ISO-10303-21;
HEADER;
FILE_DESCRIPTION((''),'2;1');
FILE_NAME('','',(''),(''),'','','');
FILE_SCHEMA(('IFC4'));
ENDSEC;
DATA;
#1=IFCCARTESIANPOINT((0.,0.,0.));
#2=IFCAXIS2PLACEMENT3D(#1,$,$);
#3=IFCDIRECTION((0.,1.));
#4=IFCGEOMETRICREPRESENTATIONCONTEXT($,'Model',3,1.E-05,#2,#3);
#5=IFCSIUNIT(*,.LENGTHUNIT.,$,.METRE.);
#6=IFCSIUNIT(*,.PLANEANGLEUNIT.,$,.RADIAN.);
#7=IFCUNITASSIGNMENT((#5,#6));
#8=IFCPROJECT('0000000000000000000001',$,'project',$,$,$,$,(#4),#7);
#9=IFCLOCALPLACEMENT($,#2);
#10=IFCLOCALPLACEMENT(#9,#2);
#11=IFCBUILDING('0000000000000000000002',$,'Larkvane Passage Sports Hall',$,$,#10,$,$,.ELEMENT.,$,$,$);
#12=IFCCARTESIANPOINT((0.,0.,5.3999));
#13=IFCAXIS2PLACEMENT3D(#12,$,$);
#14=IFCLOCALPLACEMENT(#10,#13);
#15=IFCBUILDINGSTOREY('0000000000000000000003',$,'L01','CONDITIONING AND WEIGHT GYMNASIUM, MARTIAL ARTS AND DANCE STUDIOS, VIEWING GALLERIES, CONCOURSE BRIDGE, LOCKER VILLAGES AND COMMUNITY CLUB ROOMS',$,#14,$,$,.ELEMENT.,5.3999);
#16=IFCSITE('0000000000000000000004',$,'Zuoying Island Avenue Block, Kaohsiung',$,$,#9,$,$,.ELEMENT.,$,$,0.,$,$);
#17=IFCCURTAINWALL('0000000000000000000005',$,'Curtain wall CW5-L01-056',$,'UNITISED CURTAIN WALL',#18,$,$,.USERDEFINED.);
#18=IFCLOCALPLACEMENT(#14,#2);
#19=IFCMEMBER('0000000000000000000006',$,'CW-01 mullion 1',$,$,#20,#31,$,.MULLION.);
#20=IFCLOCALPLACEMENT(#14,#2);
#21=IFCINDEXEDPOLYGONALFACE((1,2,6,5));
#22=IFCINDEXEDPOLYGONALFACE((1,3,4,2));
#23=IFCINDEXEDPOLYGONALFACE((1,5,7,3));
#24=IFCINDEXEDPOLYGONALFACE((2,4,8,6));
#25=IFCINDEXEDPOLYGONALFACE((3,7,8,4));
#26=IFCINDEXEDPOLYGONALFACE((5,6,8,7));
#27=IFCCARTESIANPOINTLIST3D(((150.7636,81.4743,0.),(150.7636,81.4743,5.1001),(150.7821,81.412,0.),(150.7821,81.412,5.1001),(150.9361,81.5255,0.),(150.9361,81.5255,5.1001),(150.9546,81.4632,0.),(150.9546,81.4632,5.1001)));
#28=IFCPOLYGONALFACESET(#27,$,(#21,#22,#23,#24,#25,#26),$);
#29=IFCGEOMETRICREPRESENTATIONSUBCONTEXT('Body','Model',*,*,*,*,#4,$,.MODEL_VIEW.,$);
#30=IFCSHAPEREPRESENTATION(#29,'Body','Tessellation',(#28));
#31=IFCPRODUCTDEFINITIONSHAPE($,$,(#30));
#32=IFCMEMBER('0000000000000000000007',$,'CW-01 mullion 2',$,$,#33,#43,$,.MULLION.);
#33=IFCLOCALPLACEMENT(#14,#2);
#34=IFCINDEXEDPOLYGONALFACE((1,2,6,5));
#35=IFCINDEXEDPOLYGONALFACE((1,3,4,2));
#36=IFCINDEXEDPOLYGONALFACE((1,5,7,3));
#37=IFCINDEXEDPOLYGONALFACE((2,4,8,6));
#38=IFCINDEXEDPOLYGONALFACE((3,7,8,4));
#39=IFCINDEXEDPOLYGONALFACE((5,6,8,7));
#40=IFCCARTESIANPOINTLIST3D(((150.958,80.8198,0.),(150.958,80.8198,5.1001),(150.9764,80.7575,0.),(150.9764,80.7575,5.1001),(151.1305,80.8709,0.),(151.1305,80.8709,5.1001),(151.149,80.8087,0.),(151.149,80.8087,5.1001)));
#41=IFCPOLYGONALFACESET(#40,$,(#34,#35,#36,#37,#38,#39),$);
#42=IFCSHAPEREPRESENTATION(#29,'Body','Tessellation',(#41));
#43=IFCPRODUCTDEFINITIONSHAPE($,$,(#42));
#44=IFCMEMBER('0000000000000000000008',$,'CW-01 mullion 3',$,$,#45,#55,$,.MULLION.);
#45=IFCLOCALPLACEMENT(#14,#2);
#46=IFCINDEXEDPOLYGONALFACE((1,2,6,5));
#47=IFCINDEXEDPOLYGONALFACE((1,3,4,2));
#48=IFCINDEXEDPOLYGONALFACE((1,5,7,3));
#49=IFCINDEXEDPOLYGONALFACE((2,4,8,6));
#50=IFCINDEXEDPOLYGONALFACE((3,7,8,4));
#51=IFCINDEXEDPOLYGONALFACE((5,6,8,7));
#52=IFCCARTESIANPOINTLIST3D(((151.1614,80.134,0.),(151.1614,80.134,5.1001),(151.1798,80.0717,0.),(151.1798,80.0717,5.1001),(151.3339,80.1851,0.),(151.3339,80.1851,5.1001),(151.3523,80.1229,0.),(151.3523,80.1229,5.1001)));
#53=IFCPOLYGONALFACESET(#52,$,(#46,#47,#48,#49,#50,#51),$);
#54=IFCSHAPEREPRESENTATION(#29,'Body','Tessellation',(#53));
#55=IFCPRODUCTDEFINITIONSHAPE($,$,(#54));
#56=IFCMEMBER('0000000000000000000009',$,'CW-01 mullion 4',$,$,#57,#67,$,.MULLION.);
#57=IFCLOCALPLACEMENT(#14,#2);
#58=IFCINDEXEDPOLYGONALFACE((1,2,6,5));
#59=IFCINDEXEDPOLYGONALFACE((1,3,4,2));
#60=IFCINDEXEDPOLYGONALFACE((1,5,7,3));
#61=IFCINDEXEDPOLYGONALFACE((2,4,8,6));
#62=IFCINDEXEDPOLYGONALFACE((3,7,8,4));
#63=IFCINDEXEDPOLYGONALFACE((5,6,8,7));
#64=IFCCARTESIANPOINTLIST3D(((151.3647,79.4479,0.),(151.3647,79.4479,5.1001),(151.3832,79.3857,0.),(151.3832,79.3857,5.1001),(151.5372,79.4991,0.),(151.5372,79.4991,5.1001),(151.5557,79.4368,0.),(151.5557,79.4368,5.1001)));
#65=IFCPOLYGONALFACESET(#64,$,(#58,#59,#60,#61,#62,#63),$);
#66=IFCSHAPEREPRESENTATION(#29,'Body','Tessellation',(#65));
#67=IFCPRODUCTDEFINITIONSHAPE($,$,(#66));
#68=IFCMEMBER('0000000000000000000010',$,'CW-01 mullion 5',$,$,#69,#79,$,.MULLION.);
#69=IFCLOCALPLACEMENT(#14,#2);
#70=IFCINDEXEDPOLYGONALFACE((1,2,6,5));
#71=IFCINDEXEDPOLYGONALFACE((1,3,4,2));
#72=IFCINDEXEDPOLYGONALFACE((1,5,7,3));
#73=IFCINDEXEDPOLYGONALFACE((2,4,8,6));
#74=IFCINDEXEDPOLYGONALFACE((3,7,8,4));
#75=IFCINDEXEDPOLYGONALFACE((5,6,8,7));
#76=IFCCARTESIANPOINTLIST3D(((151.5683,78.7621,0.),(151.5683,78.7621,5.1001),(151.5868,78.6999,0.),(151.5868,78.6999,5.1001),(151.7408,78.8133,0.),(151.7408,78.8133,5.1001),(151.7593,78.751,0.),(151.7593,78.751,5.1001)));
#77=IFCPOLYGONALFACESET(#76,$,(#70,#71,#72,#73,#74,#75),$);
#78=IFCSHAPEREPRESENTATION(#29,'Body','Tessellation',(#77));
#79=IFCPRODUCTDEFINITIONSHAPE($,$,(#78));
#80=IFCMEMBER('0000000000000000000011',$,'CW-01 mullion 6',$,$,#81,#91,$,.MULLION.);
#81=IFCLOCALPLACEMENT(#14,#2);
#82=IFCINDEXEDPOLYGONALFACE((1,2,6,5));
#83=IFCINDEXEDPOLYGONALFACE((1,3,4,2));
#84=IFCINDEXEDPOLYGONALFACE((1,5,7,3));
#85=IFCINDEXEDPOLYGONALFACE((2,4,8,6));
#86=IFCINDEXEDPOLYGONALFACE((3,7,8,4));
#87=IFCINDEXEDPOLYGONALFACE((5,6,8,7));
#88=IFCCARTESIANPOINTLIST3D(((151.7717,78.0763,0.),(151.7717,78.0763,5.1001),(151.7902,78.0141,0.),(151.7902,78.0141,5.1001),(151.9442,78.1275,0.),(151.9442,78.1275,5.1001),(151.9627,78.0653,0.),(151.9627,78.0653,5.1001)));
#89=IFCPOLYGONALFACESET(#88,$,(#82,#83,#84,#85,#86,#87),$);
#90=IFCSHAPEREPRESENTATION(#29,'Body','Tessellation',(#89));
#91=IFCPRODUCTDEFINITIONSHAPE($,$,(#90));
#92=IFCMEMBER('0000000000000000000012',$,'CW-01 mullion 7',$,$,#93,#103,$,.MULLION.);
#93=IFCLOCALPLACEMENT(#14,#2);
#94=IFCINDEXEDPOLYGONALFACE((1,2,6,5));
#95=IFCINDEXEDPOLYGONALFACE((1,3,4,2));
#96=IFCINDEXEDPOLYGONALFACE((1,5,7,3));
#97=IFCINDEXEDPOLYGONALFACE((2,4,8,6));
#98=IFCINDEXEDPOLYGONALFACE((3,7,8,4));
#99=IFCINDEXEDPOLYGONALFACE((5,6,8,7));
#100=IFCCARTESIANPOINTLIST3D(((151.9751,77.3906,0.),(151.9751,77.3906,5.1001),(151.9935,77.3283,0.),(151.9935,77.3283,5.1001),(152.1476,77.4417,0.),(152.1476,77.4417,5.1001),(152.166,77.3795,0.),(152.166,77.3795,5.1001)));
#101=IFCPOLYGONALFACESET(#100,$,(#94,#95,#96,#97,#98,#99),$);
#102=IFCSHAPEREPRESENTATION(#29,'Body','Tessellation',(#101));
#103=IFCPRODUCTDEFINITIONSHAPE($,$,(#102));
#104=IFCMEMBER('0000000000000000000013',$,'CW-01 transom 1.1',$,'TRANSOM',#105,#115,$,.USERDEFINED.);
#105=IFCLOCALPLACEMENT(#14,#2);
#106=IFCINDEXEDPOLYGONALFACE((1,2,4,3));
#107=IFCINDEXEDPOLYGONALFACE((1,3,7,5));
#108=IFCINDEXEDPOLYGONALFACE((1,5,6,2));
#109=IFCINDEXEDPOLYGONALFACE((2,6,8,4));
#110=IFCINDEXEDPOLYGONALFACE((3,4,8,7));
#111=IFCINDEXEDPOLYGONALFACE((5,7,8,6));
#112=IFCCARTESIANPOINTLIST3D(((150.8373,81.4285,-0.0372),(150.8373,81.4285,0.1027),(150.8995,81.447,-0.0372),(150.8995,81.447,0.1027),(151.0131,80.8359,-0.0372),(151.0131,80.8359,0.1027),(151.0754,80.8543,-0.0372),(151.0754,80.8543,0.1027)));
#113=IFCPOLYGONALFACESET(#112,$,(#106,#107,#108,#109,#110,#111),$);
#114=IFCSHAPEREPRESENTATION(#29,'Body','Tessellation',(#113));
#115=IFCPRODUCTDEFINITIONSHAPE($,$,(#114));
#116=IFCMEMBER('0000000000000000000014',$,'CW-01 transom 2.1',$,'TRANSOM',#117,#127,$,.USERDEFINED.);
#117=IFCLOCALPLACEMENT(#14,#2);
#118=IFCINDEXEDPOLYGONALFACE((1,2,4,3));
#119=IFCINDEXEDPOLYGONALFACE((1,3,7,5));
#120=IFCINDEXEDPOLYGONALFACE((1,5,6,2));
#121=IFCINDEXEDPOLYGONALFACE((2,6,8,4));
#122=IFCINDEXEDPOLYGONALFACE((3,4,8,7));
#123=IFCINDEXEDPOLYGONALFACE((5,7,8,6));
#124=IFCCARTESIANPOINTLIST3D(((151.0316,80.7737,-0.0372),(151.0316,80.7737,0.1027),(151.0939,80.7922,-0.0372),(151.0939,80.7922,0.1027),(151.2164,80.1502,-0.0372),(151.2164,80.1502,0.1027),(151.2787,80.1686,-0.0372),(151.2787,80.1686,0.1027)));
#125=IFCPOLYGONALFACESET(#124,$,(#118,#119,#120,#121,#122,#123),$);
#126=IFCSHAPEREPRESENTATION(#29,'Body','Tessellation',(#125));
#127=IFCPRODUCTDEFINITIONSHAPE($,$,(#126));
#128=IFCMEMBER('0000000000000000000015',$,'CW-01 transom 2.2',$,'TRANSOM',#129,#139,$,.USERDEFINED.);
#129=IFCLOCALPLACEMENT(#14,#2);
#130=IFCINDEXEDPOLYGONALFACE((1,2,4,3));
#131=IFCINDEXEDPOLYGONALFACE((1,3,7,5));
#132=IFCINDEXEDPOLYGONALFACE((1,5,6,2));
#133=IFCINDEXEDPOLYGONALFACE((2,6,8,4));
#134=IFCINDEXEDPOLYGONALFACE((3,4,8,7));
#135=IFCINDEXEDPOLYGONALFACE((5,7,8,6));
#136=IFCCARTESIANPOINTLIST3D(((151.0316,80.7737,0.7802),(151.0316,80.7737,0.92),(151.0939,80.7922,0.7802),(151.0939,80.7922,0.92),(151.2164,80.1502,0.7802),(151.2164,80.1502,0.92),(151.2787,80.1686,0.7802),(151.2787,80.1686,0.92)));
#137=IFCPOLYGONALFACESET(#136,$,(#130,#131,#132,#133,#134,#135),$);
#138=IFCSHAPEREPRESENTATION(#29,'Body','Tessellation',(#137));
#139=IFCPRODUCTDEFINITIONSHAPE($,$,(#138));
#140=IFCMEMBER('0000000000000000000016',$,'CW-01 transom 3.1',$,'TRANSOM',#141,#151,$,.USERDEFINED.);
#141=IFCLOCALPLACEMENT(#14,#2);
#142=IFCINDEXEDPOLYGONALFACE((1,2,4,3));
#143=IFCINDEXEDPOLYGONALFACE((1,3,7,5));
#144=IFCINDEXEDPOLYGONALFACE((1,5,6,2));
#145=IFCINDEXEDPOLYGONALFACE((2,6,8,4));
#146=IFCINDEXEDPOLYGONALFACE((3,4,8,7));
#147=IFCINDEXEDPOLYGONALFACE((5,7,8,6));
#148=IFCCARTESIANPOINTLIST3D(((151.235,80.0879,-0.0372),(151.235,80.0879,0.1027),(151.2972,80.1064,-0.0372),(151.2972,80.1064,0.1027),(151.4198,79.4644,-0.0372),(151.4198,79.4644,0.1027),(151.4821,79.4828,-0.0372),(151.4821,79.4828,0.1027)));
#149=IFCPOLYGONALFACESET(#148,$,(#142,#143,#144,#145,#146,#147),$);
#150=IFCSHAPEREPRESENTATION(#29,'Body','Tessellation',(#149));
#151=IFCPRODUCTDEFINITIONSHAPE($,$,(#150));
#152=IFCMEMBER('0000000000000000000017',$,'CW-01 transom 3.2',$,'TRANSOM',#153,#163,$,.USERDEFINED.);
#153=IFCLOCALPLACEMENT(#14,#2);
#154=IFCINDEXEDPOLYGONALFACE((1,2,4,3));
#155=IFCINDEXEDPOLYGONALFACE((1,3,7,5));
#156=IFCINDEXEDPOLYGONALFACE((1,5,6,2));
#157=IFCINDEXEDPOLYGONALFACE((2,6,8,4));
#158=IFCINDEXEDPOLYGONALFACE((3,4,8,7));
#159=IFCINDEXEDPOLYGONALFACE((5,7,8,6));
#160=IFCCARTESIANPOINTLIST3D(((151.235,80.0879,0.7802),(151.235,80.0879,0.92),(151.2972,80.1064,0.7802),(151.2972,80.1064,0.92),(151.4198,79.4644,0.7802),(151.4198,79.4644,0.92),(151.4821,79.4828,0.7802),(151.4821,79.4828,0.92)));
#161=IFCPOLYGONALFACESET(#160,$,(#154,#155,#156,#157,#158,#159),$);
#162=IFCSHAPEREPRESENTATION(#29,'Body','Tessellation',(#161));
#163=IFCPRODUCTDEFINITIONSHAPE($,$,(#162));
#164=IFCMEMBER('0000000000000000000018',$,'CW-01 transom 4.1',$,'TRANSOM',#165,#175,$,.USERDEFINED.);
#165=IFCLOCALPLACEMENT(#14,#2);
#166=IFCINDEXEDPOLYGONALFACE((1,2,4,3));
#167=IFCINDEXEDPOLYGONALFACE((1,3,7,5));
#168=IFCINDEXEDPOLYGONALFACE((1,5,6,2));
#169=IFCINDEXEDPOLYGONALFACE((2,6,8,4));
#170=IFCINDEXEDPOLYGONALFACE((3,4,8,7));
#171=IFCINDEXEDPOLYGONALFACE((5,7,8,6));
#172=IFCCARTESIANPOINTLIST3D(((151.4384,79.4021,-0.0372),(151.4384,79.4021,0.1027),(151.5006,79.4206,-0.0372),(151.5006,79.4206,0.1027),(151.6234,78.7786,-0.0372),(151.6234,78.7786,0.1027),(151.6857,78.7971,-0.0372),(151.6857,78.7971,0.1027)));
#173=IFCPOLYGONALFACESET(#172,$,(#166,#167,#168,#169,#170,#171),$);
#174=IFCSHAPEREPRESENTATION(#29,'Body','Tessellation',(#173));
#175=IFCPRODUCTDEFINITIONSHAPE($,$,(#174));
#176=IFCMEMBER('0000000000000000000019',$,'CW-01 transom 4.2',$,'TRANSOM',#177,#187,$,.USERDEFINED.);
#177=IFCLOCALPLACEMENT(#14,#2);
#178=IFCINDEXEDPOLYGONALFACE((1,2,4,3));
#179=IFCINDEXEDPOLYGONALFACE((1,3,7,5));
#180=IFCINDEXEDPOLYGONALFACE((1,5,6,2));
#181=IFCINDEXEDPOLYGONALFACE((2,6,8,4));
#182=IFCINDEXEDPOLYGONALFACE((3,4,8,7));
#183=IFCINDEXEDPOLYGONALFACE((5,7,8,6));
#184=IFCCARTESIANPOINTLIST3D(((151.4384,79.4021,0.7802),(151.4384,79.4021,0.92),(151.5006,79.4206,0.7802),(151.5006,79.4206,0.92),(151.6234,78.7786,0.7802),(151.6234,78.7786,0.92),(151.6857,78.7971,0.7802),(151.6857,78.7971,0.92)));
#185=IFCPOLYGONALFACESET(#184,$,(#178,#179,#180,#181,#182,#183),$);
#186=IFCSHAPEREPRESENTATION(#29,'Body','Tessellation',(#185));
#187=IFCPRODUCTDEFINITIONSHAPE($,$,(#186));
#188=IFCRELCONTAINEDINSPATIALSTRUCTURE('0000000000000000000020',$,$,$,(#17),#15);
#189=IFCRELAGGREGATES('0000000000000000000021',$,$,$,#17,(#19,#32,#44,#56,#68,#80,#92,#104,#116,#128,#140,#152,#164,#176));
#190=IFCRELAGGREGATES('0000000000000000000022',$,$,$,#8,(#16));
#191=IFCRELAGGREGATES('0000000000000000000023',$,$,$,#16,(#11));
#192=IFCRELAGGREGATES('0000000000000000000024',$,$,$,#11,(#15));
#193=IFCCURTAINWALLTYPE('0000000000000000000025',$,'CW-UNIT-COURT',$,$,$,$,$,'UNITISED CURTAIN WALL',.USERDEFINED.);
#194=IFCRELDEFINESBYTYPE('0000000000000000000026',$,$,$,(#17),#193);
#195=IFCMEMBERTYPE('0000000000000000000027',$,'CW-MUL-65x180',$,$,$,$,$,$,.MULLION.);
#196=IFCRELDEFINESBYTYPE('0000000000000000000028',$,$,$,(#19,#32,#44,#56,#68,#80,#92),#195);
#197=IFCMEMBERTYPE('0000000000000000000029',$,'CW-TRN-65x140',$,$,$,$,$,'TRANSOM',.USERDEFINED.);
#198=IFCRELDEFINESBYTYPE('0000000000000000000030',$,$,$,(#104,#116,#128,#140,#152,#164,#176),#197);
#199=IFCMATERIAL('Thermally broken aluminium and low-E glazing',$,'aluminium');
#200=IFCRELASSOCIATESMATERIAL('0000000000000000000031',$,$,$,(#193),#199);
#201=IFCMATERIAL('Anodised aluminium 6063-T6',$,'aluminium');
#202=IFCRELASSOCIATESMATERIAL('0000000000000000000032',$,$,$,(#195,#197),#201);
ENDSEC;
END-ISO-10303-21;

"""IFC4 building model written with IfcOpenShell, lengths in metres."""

from ifc_helpers import new_model, si_unit, direction, frame, origin, origin_2d, place, context, subcontext, project, spatial, rectangle, extrude, material, material_profile, profile_set, type_object, element, aggregate, save


model = new_model("IFC4")

# Units and contexts
model_context = context("Model", 3, precision=1e-05, world=origin(), true_north=direction((0.0, 1.0)))
body_context = subcontext(model_context, "Body", "Model", "MODEL_VIEW")
ifc_project = project(units=[si_unit("LENGTHUNIT", "METRE"), si_unit("PLANEANGLEUNIT", "RADIAN")], contexts=[model_context])

# Site, building, storey
site_placement = place(None, origin())
site = spatial("IfcSite", under=ifc_project, at=site_placement, Name="Zuoying Island Avenue Block, Kaohsiung", CompositionType="ELEMENT", RefElevation=0.0)
building_placement = place(site_placement, origin())
building = spatial("IfcBuilding", under=site, at=building_placement, Name="Larkvane Passage Sports Hall", CompositionType="ELEMENT")
storey_placement = place(building_placement, frame((0.0, 0.0, 5.3999)))
storey = spatial("IfcBuildingStorey", under=building, at=storey_placement, Name="L01", Description="CONDITIONING AND WEIGHT GYMNASIUM, MARTIAL ARTS AND DANCE STUDIOS, VIEWING GALLERIES, CONCOURSE BRIDGE, LOCKER VILLAGES AND COMMUNITY CLUB ROOMS", CompositionType="ELEMENT", Elevation=5.3999)

# Curtain wall, members
ifc_material_1 = material(Name="Thermally broken aluminium and low-E glazing", Category="aluminium")
curtain_wall_type = type_object("IfcCurtainWallType", Name="CW-UNIT-COURT", ElementType="UNITISED CURTAIN WALL", PredefinedType="USERDEFINED", material=ifc_material_1)
curtain_wall_placement = place(storey_placement, origin())
curtain_wall = element("IfcCurtainWall", 1, at=curtain_wall_placement, inside=storey, type_object=curtain_wall_type, Name="Curtain wall CW5-L01-056", ObjectType="UNITISED CURTAIN WALL", PredefinedType="USERDEFINED")
ifc_material_2 = material(Name="Anodised aluminium 6063-T6", Category="aluminium")
ifc_material_profile_1 = material_profile(ifc_material_2, rectangle(XDim=0.0649, YDim=0.1799, at=origin_2d()), Name="ALU-MUL-65x180")
ifc_profile_set_1 = profile_set([ifc_material_profile_1], Name="Anodised aluminium 6063-T6")
member_type_1 = type_object("IfcMemberType", Name="CW-MUL-65x180", PredefinedType="MULLION", material=ifc_profile_set_1)
member_1_placement = place(storey_placement, frame((150.8591, 81.4688, 0.0), z_axis=(0.0, 0.0, 1.0), x_axis=(0.284363, -0.958717, 0.0)))
member_1 = element("IfcMember", 2, at=member_1_placement, type_object=member_type_1, Name="CW-01 mullion 1", PredefinedType="MULLION", context=body_context, shape_type="SweptSolid", body=[
    extrude(rectangle(XDim=0.0649, YDim=0.1799, at=origin_2d()), origin(), (0.0, 0.0, 1.0), 5.1001),
])
member_2_placement = place(storey_placement, frame((151.0535, 80.8142, 0.0), z_axis=(0.0, 0.0, 1.0), x_axis=(0.284363, -0.958717, 0.0)))
member_2 = element("IfcMember", 3, at=member_2_placement, type_object=member_type_1, Name="CW-01 mullion 2", PredefinedType="MULLION", context=body_context, shape_type="SweptSolid", body=[
    extrude(rectangle(XDim=0.0649, YDim=0.1799, at=origin_2d()), origin(), (0.0, 0.0, 1.0), 5.1001),
])
member_3_placement = place(storey_placement, frame((151.2568, 80.1284, 0.0), z_axis=(0.0, 0.0, 1.0), x_axis=(0.284363, -0.958717, 0.0)))
member_3 = element("IfcMember", 4, at=member_3_placement, type_object=member_type_1, Name="CW-01 mullion 3", PredefinedType="MULLION", context=body_context, shape_type="SweptSolid", body=[
    extrude(rectangle(XDim=0.0649, YDim=0.1799, at=origin_2d()), origin(), (0.0, 0.0, 1.0), 5.1001),
])
member_4_placement = place(storey_placement, frame((151.4602, 79.4424, 0.0), z_axis=(0.0, 0.0, 1.0), x_axis=(0.284363, -0.958717, 0.0)))
member_4 = element("IfcMember", 5, at=member_4_placement, type_object=member_type_1, Name="CW-01 mullion 4", PredefinedType="MULLION", context=body_context, shape_type="SweptSolid", body=[
    extrude(rectangle(XDim=0.0649, YDim=0.1799, at=origin_2d()), origin(), (0.0, 0.0, 1.0), 5.1001),
])
member_5_placement = place(storey_placement, frame((151.6638, 78.7566, 0.0), z_axis=(0.0, 0.0, 1.0), x_axis=(0.284363, -0.958717, 0.0)))
member_5 = element("IfcMember", 6, at=member_5_placement, type_object=member_type_1, Name="CW-01 mullion 5", PredefinedType="MULLION", context=body_context, shape_type="SweptSolid", body=[
    extrude(rectangle(XDim=0.0649, YDim=0.1799, at=origin_2d()), origin(), (0.0, 0.0, 1.0), 5.1001),
])
member_6_placement = place(storey_placement, frame((151.8672, 78.0708, 0.0), z_axis=(0.0, 0.0, 1.0), x_axis=(0.284363, -0.958717, 0.0)))
member_6 = element("IfcMember", 7, at=member_6_placement, type_object=member_type_1, Name="CW-01 mullion 6", PredefinedType="MULLION", context=body_context, shape_type="SweptSolid", body=[
    extrude(rectangle(XDim=0.0649, YDim=0.1799, at=origin_2d()), origin(), (0.0, 0.0, 1.0), 5.1001),
])
member_7_placement = place(storey_placement, frame((152.0706, 77.385, 0.0), z_axis=(0.0, 0.0, 1.0), x_axis=(0.284363, -0.958717, 0.0)))
member_7 = element("IfcMember", 8, at=member_7_placement, type_object=member_type_1, Name="CW-01 mullion 7", PredefinedType="MULLION", context=body_context, shape_type="SweptSolid", body=[
    extrude(rectangle(XDim=0.0649, YDim=0.1799, at=origin_2d()), origin(), (0.0, 0.0, 1.0), 5.1001),
])
ifc_material_profile_2 = material_profile(ifc_material_2, rectangle(XDim=0.0649, YDim=0.1399, at=origin_2d()), Name="ALU-TRN-65x140")
ifc_profile_set_2 = profile_set([ifc_material_profile_2], Name="Anodised aluminium 6063-T6")
member_type_2 = type_object("IfcMemberType", Name="CW-TRN-65x140", ElementType="TRANSOM", PredefinedType="USERDEFINED", material=ifc_profile_set_2)
member_8_placement = place(storey_placement, frame((150.8684, 81.4377, 0.0327), z_axis=(0.284411, -0.958702, 0.0), x_axis=(0.958702, 0.284411, 0.0)))
member_8 = element("IfcMember", 9, at=member_8_placement, type_object=member_type_2, Name="CW-01 transom 1.1", ObjectType="TRANSOM", PredefinedType="USERDEFINED", context=body_context, shape_type="SweptSolid", body=[
    extrude(rectangle(XDim=0.0649, YDim=0.1399, at=origin_2d()), origin(), (0.0, 0.0, 1.0), 0.6182),
])
member_9_placement = place(storey_placement, frame((151.0627, 80.783, 0.0327), z_axis=(0.284178, -0.958772, 0.0), x_axis=(0.958772, 0.284178, 0.0)))
member_9 = element("IfcMember", 10, at=member_9_placement, type_object=member_type_2, Name="CW-01 transom 2.1", ObjectType="TRANSOM", PredefinedType="USERDEFINED", context=body_context, shape_type="SweptSolid", body=[
    extrude(rectangle(XDim=0.0649, YDim=0.1399, at=origin_2d()), origin(), (0.0, 0.0, 1.0), 0.6504),
])
member_10_placement = place(storey_placement, frame((151.0627, 80.783, 0.8501), z_axis=(0.284178, -0.958772, 0.0), x_axis=(0.958772, 0.284178, 0.0)))
member_10 = element("IfcMember", 11, at=member_10_placement, type_object=member_type_2, Name="CW-01 transom 2.2", ObjectType="TRANSOM", PredefinedType="USERDEFINED", context=body_context, shape_type="SweptSolid", body=[
    extrude(rectangle(XDim=0.0649, YDim=0.1399, at=origin_2d()), origin(), (0.0, 0.0, 1.0), 0.6504),
])
member_11_placement = place(storey_placement, frame((151.2661, 80.0972, 0.0327), z_axis=(0.284178, -0.958772, 0.0), x_axis=(0.958772, 0.284178, 0.0)))
member_11 = element("IfcMember", 12, at=member_11_placement, type_object=member_type_2, Name="CW-01 transom 3.1", ObjectType="TRANSOM", PredefinedType="USERDEFINED", context=body_context, shape_type="SweptSolid", body=[
    extrude(rectangle(XDim=0.0649, YDim=0.1399, at=origin_2d()), origin(), (0.0, 0.0, 1.0), 0.6504),
])
member_12_placement = place(storey_placement, frame((151.2661, 80.0972, 0.8501), z_axis=(0.284178, -0.958772, 0.0), x_axis=(0.958772, 0.284178, 0.0)))
member_12 = element("IfcMember", 13, at=member_12_placement, type_object=member_type_2, Name="CW-01 transom 3.2", ObjectType="TRANSOM", PredefinedType="USERDEFINED", context=body_context, shape_type="SweptSolid", body=[
    extrude(rectangle(XDim=0.0649, YDim=0.1399, at=origin_2d()), origin(), (0.0, 0.0, 1.0), 0.6504),
])
member_13_placement = place(storey_placement, frame((151.4695, 79.4114, 0.0327), z_axis=(0.284523, -0.958669, 0.0), x_axis=(0.958669, 0.284523, 0.0)))
member_13 = element("IfcMember", 14, at=member_13_placement, type_object=member_type_2, Name="CW-01 transom 4.1", ObjectType="TRANSOM", PredefinedType="USERDEFINED", context=body_context, shape_type="SweptSolid", body=[
    extrude(rectangle(XDim=0.0649, YDim=0.1399, at=origin_2d()), origin(), (0.0, 0.0, 1.0), 0.6504),
])
member_14_placement = place(storey_placement, frame((151.4695, 79.4114, 0.8501), z_axis=(0.284523, -0.958669, 0.0), x_axis=(0.958669, 0.284523, 0.0)))
member_14 = element("IfcMember", 15, at=member_14_placement, type_object=member_type_2, Name="CW-01 transom 4.2", ObjectType="TRANSOM", PredefinedType="USERDEFINED", context=body_context, shape_type="SweptSolid", body=[
    extrude(rectangle(XDim=0.0649, YDim=0.1399, at=origin_2d()), origin(), (0.0, 0.0, 1.0), 0.6504),
])
aggregate(curtain_wall, [member_1, member_2, member_3, member_4, member_5, member_6, member_7, member_8, member_9, member_10, member_11, member_12, member_13, member_14])

save(model, "model.ifc")
